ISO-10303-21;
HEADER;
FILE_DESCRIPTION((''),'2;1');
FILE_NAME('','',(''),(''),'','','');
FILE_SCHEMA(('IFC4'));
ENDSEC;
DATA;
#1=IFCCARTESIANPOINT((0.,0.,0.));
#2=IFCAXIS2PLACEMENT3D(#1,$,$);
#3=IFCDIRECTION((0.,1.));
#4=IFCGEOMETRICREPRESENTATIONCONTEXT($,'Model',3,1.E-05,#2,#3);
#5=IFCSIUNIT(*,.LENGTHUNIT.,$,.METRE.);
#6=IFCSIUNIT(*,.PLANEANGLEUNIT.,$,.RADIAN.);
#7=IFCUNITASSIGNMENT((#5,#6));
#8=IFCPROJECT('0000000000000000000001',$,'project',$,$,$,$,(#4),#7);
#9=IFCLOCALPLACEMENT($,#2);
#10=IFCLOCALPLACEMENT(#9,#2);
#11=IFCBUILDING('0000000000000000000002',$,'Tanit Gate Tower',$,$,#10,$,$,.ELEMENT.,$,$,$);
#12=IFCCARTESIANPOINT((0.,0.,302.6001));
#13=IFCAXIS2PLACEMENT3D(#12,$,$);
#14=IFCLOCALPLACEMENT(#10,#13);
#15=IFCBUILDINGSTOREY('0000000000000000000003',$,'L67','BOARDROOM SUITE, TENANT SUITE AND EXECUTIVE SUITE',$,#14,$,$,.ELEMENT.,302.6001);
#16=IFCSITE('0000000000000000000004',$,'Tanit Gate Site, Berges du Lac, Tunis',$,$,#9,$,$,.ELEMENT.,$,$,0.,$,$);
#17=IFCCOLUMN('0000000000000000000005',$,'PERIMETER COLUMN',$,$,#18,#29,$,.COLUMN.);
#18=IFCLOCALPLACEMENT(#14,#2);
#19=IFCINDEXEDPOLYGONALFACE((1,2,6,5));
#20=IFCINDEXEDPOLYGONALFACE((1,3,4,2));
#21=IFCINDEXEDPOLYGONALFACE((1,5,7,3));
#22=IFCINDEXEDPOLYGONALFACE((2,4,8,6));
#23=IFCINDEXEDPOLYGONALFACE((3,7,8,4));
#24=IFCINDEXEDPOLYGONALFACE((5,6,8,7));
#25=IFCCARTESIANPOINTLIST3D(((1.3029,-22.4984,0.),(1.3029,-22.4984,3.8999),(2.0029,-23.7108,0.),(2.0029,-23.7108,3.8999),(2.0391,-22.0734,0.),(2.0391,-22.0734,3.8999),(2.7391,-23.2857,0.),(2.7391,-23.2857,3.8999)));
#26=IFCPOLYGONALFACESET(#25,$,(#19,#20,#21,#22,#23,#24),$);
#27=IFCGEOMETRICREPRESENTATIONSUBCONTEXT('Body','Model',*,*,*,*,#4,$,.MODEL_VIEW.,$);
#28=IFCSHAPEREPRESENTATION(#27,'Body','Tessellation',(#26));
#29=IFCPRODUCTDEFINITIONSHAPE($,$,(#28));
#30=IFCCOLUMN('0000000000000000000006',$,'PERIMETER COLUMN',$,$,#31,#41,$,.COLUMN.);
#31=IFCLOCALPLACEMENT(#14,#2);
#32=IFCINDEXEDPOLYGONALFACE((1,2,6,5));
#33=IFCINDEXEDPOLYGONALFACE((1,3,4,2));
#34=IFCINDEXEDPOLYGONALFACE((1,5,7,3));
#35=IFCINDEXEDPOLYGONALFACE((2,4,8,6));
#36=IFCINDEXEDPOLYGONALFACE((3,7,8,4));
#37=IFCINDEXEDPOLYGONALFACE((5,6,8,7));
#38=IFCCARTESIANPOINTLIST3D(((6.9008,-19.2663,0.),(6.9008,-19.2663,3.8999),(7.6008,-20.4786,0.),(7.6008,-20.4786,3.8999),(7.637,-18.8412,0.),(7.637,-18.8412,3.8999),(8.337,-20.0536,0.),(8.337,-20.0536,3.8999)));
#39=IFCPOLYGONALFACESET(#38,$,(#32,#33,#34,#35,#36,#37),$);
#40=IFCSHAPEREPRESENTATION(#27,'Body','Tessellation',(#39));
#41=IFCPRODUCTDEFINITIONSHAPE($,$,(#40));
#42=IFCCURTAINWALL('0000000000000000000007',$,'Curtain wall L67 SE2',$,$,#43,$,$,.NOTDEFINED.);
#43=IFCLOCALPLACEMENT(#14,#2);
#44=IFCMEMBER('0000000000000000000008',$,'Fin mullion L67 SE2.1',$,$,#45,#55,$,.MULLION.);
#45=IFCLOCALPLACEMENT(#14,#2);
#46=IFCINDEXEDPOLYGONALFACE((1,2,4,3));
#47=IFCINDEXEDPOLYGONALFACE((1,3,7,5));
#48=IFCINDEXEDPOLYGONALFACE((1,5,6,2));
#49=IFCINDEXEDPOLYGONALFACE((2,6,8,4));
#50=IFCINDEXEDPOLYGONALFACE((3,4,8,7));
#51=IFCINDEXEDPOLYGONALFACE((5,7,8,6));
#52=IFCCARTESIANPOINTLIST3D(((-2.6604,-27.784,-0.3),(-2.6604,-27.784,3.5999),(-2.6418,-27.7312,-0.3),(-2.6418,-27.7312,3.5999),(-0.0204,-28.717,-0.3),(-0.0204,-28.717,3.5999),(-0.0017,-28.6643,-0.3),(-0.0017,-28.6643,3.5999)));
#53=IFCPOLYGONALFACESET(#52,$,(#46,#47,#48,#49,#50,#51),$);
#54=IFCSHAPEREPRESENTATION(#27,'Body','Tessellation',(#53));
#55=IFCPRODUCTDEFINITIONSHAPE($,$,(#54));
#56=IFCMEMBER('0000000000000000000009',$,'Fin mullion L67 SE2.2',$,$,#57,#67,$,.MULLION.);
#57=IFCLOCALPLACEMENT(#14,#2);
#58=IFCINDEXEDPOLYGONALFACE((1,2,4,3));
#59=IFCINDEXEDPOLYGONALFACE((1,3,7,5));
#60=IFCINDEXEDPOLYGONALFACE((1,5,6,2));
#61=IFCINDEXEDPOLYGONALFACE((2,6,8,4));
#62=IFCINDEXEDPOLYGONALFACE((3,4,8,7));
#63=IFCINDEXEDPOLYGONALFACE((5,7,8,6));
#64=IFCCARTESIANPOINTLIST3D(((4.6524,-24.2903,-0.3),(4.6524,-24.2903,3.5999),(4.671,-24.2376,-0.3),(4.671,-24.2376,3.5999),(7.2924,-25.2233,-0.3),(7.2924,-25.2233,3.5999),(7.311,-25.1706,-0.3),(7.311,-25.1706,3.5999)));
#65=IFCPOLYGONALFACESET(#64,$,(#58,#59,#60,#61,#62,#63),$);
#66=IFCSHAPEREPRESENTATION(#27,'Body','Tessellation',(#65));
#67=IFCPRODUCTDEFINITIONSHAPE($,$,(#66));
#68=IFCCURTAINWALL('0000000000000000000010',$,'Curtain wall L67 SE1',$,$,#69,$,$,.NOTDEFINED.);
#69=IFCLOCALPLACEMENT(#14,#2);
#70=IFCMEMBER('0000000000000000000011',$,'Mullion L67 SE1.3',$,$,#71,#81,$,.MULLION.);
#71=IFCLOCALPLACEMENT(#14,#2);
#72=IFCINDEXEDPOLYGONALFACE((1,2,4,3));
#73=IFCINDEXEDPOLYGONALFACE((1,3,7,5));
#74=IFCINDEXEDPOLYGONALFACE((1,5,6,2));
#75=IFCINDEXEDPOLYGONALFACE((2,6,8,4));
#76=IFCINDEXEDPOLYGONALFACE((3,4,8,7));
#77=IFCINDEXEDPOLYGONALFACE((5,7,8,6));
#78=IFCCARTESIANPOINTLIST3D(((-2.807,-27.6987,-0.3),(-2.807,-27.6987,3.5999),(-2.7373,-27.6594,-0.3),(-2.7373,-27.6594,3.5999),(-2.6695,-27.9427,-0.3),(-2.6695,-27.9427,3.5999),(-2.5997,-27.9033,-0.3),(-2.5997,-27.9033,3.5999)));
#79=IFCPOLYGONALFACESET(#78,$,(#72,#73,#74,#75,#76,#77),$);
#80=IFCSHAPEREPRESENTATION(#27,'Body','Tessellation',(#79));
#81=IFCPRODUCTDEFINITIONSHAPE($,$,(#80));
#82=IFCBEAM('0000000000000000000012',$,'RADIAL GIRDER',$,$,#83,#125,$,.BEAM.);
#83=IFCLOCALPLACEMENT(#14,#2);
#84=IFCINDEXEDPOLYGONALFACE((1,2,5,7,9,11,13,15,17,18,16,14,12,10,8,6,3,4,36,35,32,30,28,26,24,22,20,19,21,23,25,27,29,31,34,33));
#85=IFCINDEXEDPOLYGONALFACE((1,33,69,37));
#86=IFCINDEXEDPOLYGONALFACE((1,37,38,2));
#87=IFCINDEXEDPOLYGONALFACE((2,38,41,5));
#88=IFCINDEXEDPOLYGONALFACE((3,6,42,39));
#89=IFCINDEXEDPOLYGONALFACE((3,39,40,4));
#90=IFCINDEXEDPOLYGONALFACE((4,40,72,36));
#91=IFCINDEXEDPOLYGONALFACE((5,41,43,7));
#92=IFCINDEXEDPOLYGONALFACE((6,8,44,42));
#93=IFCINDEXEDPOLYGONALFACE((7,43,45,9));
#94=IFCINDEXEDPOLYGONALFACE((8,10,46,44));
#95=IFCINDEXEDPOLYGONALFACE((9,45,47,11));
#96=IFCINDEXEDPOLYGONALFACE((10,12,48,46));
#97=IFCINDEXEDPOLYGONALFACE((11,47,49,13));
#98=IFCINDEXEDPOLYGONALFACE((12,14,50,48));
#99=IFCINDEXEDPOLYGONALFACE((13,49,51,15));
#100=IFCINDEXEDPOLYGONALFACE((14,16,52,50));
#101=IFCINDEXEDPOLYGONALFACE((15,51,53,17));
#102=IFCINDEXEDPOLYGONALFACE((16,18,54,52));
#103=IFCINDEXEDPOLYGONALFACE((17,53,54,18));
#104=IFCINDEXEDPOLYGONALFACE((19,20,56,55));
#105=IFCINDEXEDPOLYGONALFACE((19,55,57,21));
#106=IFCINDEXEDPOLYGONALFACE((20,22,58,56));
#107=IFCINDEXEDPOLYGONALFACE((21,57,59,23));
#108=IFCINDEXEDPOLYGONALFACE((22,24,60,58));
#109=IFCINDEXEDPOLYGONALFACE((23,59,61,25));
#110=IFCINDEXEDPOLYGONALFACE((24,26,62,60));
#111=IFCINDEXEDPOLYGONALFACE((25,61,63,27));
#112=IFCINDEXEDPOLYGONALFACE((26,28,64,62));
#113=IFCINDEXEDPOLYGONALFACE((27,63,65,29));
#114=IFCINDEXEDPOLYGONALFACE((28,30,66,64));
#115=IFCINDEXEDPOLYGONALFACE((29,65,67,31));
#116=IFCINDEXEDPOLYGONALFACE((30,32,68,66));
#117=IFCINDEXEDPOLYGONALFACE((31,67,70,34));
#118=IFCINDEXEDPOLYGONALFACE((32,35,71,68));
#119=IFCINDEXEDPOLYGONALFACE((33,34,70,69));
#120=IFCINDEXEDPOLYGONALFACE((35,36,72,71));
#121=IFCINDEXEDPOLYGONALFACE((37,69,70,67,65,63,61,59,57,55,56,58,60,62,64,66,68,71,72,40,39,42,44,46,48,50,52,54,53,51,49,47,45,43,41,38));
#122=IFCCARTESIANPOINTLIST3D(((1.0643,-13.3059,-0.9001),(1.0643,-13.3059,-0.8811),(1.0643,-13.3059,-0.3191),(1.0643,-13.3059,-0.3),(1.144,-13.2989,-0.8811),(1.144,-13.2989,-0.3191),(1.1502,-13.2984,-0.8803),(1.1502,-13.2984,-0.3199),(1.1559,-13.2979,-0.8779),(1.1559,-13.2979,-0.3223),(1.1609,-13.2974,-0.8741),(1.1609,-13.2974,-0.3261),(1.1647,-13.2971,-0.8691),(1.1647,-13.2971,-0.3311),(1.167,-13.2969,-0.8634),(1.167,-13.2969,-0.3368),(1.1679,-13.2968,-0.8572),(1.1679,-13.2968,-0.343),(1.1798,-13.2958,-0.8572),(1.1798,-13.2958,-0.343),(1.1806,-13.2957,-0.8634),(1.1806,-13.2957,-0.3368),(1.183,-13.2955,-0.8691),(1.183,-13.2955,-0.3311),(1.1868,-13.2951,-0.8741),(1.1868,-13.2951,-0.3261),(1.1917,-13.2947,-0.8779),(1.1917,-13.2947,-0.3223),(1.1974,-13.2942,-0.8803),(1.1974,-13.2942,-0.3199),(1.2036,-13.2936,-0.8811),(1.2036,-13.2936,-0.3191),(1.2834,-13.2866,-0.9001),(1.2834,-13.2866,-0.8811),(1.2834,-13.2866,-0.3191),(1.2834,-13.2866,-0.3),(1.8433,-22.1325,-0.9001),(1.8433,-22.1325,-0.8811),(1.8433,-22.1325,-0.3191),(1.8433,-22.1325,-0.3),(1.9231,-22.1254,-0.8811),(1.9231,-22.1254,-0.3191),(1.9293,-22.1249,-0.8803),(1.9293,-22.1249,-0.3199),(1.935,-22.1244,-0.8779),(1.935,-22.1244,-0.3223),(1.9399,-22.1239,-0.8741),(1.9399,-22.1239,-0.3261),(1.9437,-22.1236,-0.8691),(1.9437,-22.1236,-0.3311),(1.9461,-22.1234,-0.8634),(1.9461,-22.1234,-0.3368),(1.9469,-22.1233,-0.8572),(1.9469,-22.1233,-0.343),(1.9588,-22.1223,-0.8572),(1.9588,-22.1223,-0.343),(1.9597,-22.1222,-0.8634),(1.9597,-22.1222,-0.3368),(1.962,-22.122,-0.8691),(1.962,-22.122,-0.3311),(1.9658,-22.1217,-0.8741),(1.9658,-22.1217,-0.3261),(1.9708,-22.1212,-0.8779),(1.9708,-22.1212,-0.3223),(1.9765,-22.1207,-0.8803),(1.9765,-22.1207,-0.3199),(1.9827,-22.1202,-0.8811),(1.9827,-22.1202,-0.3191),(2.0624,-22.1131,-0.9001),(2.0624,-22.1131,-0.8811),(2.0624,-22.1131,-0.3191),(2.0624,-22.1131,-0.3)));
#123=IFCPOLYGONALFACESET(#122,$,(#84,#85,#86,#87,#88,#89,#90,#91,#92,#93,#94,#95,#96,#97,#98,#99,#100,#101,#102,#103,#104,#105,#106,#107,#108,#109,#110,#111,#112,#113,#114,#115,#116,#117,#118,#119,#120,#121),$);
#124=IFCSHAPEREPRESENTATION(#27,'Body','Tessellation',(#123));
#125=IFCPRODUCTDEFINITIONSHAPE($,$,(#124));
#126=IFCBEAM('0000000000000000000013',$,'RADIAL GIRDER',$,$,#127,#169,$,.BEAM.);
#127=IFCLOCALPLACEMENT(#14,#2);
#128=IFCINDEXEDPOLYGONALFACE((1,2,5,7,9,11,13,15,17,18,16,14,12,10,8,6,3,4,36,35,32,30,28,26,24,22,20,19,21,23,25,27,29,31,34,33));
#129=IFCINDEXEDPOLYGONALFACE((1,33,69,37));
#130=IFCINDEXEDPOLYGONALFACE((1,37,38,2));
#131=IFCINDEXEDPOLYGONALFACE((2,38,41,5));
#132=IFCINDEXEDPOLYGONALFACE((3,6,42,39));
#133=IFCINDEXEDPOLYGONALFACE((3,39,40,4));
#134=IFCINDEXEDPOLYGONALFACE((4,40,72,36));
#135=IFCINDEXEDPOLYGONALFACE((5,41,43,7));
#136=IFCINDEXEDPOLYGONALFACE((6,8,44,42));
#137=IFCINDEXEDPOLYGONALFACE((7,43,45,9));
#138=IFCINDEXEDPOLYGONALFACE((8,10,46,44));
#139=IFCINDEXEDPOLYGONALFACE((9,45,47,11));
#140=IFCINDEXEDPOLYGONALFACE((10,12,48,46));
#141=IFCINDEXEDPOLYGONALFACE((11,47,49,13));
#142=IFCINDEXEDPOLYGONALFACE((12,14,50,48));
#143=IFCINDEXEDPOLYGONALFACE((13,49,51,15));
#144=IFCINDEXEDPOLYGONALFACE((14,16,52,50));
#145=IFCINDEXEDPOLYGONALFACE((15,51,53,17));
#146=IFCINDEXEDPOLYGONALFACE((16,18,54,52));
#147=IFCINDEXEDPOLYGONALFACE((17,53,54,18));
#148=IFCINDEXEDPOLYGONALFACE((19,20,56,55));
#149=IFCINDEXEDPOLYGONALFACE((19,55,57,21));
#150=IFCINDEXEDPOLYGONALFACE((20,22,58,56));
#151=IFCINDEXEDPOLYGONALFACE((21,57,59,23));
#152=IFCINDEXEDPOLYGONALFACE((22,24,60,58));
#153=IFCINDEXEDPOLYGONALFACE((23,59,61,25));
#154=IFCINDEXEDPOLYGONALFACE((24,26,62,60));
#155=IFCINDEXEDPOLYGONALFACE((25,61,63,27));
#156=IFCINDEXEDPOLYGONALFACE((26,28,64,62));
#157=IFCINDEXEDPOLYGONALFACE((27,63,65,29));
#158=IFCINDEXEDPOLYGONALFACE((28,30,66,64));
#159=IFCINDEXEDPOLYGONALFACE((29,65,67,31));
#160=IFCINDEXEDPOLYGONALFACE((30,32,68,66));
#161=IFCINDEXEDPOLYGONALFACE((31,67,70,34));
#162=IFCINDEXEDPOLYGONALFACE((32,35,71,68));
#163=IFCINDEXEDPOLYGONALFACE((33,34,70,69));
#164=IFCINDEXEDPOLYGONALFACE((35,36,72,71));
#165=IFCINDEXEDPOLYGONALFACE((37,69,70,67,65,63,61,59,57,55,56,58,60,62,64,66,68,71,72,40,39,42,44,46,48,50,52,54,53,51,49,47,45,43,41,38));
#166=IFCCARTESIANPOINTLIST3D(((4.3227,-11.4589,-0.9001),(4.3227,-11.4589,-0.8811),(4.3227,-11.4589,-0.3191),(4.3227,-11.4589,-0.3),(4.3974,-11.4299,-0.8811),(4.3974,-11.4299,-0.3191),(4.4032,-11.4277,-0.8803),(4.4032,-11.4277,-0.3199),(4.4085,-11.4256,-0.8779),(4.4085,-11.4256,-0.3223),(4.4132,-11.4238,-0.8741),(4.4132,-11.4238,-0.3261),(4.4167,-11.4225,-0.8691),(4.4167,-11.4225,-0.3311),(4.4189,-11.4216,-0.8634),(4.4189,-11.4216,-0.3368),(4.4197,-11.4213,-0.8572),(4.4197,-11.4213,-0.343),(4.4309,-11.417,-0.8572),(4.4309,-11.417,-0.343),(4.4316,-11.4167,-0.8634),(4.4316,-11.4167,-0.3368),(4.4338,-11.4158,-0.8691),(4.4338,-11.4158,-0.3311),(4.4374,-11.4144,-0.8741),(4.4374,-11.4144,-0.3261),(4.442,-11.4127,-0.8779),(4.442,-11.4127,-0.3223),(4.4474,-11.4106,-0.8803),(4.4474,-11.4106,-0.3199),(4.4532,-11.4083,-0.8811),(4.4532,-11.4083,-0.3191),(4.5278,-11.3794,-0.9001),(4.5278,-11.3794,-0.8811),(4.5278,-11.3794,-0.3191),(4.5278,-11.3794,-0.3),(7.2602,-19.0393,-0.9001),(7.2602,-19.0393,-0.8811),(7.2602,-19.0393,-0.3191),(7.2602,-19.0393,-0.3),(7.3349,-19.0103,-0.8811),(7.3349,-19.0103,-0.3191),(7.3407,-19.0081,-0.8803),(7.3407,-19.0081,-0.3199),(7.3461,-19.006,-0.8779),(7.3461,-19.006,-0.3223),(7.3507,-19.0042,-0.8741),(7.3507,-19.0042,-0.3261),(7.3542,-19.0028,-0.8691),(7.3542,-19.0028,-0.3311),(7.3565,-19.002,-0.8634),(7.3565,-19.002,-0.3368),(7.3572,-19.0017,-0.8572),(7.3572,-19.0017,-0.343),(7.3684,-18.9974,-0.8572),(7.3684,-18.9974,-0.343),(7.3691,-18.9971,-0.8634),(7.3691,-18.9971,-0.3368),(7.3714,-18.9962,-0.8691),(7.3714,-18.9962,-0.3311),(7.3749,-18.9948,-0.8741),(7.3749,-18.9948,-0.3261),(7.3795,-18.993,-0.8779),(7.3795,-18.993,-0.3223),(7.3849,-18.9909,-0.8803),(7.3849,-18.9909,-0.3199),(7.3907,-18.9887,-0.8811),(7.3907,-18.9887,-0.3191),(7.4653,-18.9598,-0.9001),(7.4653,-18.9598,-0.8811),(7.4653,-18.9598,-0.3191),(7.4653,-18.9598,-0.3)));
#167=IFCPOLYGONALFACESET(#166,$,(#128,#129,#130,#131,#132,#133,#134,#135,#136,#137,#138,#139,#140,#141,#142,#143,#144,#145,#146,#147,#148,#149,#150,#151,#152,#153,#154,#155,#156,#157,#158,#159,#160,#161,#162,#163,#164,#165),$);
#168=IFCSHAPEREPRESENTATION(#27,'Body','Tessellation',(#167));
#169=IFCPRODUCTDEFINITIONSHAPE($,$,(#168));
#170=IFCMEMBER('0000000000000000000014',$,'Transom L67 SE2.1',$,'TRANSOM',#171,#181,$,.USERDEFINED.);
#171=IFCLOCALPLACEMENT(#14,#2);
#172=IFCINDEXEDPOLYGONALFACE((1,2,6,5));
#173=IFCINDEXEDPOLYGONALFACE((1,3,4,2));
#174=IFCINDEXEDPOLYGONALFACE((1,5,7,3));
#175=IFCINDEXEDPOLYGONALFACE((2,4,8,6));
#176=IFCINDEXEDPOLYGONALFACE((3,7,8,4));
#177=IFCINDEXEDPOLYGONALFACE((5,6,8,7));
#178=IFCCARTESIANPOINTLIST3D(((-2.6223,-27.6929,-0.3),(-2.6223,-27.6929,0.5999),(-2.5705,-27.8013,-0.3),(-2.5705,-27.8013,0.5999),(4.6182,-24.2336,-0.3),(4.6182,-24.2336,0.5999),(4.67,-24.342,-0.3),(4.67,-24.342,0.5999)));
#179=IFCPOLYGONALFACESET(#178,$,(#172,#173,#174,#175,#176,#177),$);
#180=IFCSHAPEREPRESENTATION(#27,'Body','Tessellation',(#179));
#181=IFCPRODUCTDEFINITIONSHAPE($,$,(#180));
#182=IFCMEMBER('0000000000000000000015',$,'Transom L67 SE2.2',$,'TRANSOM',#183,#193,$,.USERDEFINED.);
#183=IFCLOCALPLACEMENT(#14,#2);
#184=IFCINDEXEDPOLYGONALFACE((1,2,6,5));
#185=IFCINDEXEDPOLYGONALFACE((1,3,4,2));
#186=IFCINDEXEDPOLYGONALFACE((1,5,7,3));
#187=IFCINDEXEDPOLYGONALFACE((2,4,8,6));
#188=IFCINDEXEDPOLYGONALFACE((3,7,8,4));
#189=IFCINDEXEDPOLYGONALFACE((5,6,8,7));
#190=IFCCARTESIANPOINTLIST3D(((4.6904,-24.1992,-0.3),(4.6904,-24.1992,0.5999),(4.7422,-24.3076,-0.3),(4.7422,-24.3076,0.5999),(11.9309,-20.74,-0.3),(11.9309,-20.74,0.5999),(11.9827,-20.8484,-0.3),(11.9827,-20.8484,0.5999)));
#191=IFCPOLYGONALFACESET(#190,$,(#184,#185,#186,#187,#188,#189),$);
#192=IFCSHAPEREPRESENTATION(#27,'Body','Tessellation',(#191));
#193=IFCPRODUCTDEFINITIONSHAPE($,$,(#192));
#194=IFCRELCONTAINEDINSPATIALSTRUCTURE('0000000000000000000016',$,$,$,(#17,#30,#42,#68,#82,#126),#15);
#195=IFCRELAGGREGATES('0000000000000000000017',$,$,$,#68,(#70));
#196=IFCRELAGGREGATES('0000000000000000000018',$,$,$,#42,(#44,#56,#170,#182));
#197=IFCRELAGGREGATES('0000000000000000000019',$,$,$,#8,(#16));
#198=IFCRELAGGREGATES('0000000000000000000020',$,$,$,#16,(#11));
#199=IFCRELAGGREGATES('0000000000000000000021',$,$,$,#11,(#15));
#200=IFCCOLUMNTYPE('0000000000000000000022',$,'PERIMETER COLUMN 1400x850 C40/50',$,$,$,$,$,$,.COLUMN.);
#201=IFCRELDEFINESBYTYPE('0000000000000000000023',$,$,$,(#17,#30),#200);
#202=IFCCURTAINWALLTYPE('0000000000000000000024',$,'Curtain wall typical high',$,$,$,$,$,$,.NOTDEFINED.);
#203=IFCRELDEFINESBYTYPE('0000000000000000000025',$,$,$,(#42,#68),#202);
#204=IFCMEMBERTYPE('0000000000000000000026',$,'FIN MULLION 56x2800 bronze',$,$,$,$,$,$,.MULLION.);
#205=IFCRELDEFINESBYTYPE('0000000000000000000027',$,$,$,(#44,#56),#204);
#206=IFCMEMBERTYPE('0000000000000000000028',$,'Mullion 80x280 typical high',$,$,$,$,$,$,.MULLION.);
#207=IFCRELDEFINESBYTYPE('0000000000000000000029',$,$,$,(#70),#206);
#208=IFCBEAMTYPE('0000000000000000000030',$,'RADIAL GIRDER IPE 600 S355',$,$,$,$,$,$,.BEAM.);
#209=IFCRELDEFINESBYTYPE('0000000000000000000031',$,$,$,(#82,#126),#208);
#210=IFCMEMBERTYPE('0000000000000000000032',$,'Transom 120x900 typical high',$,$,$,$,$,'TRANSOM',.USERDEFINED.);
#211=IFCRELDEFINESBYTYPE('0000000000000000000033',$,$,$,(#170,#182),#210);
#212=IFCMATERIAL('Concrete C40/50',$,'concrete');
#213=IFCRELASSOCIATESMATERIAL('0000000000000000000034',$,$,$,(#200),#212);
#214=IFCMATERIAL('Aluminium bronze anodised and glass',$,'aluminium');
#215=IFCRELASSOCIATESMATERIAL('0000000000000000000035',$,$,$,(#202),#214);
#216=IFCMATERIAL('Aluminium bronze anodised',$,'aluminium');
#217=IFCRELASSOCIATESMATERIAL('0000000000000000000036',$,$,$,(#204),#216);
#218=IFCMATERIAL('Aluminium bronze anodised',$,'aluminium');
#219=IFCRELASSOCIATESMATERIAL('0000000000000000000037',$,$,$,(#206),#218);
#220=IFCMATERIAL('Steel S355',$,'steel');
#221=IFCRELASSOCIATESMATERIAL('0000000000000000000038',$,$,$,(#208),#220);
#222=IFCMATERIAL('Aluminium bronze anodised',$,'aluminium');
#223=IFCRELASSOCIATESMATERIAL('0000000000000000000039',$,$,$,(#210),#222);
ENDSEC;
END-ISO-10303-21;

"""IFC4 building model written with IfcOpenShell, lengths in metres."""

from ifc_helpers import new_model, si_unit, direction, frame, origin, origin_2d, place, context, subcontext, project, spatial, rectangle, i_section, extrude, material, material_profile, profile_set, type_object, element, aggregate, save


model = new_model("IFC4")

# Units and contexts
model_context = context("Model", 3, precision=1e-05, world=origin(), true_north=direction((0.0, 1.0)))
body_context = subcontext(model_context, "Body", "Model", "MODEL_VIEW")
ifc_project = project(units=[si_unit("LENGTHUNIT", "METRE"), si_unit("PLANEANGLEUNIT", "RADIAN")], contexts=[model_context])

# Site, building, storey
site_placement = place(None, origin())
site = spatial("IfcSite", under=ifc_project, at=site_placement, Name="Tanit Gate Site, Berges du Lac, Tunis", CompositionType="ELEMENT", RefElevation=0.0)
building_placement = place(site_placement, origin())
building = spatial("IfcBuilding", under=site, at=building_placement, Name="Tanit Gate Tower", CompositionType="ELEMENT")
storey_placement = place(building_placement, frame((0.0, 0.0, 302.6001)))
storey = spatial("IfcBuildingStorey", under=building, at=storey_placement, Name="L67", Description="BOARDROOM SUITE, TENANT SUITE AND EXECUTIVE SUITE", CompositionType="ELEMENT", Elevation=302.6001)

# Columns
ifc_material_1 = material(Name="Concrete C40/50", Category="concrete")
ifc_material_profile_1 = material_profile(ifc_material_1, rectangle(XDim=1.3999, YDim=0.8501, at=origin_2d()), Name="RC 1400x850")
ifc_profile_set_1 = profile_set([ifc_material_profile_1], Name="Concrete C40/50")
column_type = type_object("IfcColumnType", Name="PERIMETER COLUMN 1400x850 C40/50", PredefinedType="COLUMN", material=ifc_profile_set_1)
for number, where, z_axis, x_axis, name in (
    (1, (2.021, -22.8921, 0.0), (0.0, 0.0, 1.0), (0.5, -0.866025, 0.0), "PERIMETER COLUMN"),
    (2, (7.6189, -19.6599, 0.0), (0.0, 0.0, 1.0), (0.5, -0.866025, 0.0), "PERIMETER COLUMN"),
):
    element("IfcColumn", number, at=place(storey_placement, frame(where, z_axis=z_axis, x_axis=x_axis)), inside=storey, type_object=column_type, Name=name, PredefinedType="COLUMN", context=body_context, shape_type="SweptSolid", body=[
        extrude(rectangle(XDim=1.3999, YDim=0.8501, at=origin_2d()), origin(), (0.0, 0.0, 1.0), 3.8999),
    ])

# Curtain wall, members
ifc_material_2 = material(Name="Aluminium bronze anodised and glass", Category="aluminium")
curtain_wall_type = type_object("IfcCurtainWallType", Name="Curtain wall typical high", PredefinedType="NOTDEFINED", material=ifc_material_2)
curtain_wall_1_placement = place(storey_placement, origin())
curtain_wall_1 = element("IfcCurtainWall", 3, at=curtain_wall_1_placement, inside=storey, type_object=curtain_wall_type, Name="Curtain wall L67 SE2", PredefinedType="NOTDEFINED")
ifc_material_3 = material(Name="Aluminium bronze anodised", Category="aluminium")
ifc_material_profile_2 = material_profile(ifc_material_3, rectangle(XDim=2.8, YDim=0.0559, at=origin_2d()), Name="56x2800 bronze fin mullion")
ifc_profile_set_2 = profile_set([ifc_material_profile_2], Name="Aluminium bronze anodised")
member_type_1 = type_object("IfcMemberType", Name="FIN MULLION 56x2800 bronze", PredefinedType="MULLION", material=ifc_profile_set_2)
member_1_placement = place(storey_placement, frame((-1.3311, -28.2241, -0.3), z_axis=(0.0, 0.0, 1.0), x_axis=(-0.942849, 0.33322, 0.0)))
member_1 = element("IfcMember", 4, at=member_1_placement, type_object=member_type_1, Name="Fin mullion L67 SE2.1", PredefinedType="MULLION", context=body_context, shape_type="SweptSolid", body=[
    extrude(rectangle(XDim=2.8, YDim=0.0559, at=origin_2d()), origin(), (0.0, 0.0, 1.0), 3.8999),
])
member_2_placement = place(storey_placement, frame((5.9817, -24.7305, -0.3), z_axis=(0.0, 0.0, 1.0), x_axis=(-0.942849, 0.33322, 0.0)))
member_2 = element("IfcMember", 5, at=member_2_placement, type_object=member_type_1, Name="Fin mullion L67 SE2.2", PredefinedType="MULLION", context=body_context, shape_type="SweptSolid", body=[
    extrude(rectangle(XDim=2.8, YDim=0.0559, at=origin_2d()), origin(), (0.0, 0.0, 1.0), 3.8999),
])

# Curtain wall, member
curtain_wall_2_placement = place(storey_placement, origin())
curtain_wall_2 = element("IfcCurtainWall", 6, at=curtain_wall_2_placement, inside=storey, type_object=curtain_wall_type, Name="Curtain wall L67 SE1", PredefinedType="NOTDEFINED")
ifc_material_4 = material(Name="Aluminium bronze anodised", Category="aluminium")
ifc_material_profile_3 = material_profile(ifc_material_4, rectangle(XDim=0.28, YDim=0.0801, at=origin_2d()), Name="80x280 bronze mullion")
ifc_profile_set_3 = profile_set([ifc_material_profile_3], Name="Aluminium bronze anodised")
member_type_2 = type_object("IfcMemberType", Name="Mullion 80x280 typical high", PredefinedType="MULLION", material=ifc_profile_set_3)
member_3_placement = place(storey_placement, frame((-2.7034, -27.801, -0.3), z_axis=(0.0, 0.0, 1.0), x_axis=(-0.491188, 0.871054, 0.0)))
member_3 = element("IfcMember", 7, at=member_3_placement, type_object=member_type_2, Name="Mullion L67 SE1.3", PredefinedType="MULLION", context=body_context, shape_type="SweptSolid", body=[
    extrude(rectangle(XDim=0.28, YDim=0.0801, at=origin_2d()), origin(), (0.0, 0.0, 1.0), 3.8999),
])
aggregate(curtain_wall_2, [member_3])

# Beams
ifc_material_5 = material(Name="Steel S355", Category="steel")
ifc_material_profile_4 = material_profile(ifc_material_5, i_section(OverallWidth=0.22, OverallDepth=0.6001, WebThickness=0.012, FlangeThickness=0.019, FilletRadius=0.0239, at=origin_2d()), Name="IPE 600")
ifc_profile_set_4 = profile_set([ifc_material_profile_4], Name="Steel S355")
beam_type = type_object("IfcBeamType", Name="RADIAL GIRDER IPE 600 S355", PredefinedType="BEAM", material=ifc_profile_set_4)
beam_1_placement = place(storey_placement, frame((1.9529, -22.1228, -0.6001), z_axis=(-0.087922, 0.996127, 0.0), x_axis=(-0.996127, -0.087922, 0.0)))
element("IfcBeam", 8, at=beam_1_placement, inside=storey, type_object=beam_type, Name="RADIAL GIRDER", PredefinedType="BEAM", context=body_context, shape_type="SweptSolid", body=[
    extrude(i_section(OverallWidth=0.22, OverallDepth=0.6001, WebThickness=0.012, FlangeThickness=0.019, FilletRadius=0.0239, at=origin_2d()), origin(), (0.0, 0.0, 1.0), 8.8608),
])
beam_2_placement = place(storey_placement, frame((7.3628, -18.9995, -0.6001), z_axis=(-0.361334, 0.932436, 0.0), x_axis=(-0.932436, -0.361334, 0.0)))
element("IfcBeam", 9, at=beam_2_placement, inside=storey, type_object=beam_type, Name="RADIAL GIRDER", PredefinedType="BEAM", context=body_context, shape_type="SweptSolid", body=[
    extrude(i_section(OverallWidth=0.22, OverallDepth=0.6001, WebThickness=0.012, FlangeThickness=0.019, FilletRadius=0.0239, at=origin_2d()), origin(), (0.0, 0.0, 1.0), 8.1296),
])

# Members
ifc_material_6 = material(Name="Aluminium bronze anodised", Category="aluminium")
ifc_material_profile_5 = material_profile(ifc_material_6, rectangle(XDim=0.1201, YDim=0.8999, at=origin_2d()), Name="120x900 bronze transom")
ifc_profile_set_5 = profile_set([ifc_material_profile_5], Name="Aluminium bronze anodised")
member_type_3 = type_object("IfcMemberType", Name="Transom 120x900 typical high", ElementType="TRANSOM", PredefinedType="USERDEFINED", material=ifc_profile_set_5)
member_4_placement = place(storey_placement, frame((-2.5964, -27.7471, 0.1499), z_axis=(0.902309, 0.431089, 0.0), x_axis=(-0.431089, 0.902309, 0.0)))
member_4 = element("IfcMember", 10, at=member_4_placement, type_object=member_type_3, Name="Transom L67 SE2.1", ObjectType="TRANSOM", PredefinedType="USERDEFINED", context=body_context, shape_type="SweptSolid", body=[
    extrude(rectangle(XDim=0.1201, YDim=0.8999, at=origin_2d()), origin(), (0.0, 0.0, 1.0), 8.0244),
])
member_5_placement = place(storey_placement, frame((4.7163, -24.2534, 0.1499), z_axis=(0.902309, 0.431089, 0.0), x_axis=(-0.431089, 0.902309, 0.0)))
member_5 = element("IfcMember", 11, at=member_5_placement, type_object=member_type_3, Name="Transom L67 SE2.2", ObjectType="TRANSOM", PredefinedType="USERDEFINED", context=body_context, shape_type="SweptSolid", body=[
    extrude(rectangle(XDim=0.1201, YDim=0.8999, at=origin_2d()), origin(), (0.0, 0.0, 1.0), 8.0244),
])

aggregate(curtain_wall_1, [member_1, member_2, member_4, member_5])

save(model, "model.ifc")
